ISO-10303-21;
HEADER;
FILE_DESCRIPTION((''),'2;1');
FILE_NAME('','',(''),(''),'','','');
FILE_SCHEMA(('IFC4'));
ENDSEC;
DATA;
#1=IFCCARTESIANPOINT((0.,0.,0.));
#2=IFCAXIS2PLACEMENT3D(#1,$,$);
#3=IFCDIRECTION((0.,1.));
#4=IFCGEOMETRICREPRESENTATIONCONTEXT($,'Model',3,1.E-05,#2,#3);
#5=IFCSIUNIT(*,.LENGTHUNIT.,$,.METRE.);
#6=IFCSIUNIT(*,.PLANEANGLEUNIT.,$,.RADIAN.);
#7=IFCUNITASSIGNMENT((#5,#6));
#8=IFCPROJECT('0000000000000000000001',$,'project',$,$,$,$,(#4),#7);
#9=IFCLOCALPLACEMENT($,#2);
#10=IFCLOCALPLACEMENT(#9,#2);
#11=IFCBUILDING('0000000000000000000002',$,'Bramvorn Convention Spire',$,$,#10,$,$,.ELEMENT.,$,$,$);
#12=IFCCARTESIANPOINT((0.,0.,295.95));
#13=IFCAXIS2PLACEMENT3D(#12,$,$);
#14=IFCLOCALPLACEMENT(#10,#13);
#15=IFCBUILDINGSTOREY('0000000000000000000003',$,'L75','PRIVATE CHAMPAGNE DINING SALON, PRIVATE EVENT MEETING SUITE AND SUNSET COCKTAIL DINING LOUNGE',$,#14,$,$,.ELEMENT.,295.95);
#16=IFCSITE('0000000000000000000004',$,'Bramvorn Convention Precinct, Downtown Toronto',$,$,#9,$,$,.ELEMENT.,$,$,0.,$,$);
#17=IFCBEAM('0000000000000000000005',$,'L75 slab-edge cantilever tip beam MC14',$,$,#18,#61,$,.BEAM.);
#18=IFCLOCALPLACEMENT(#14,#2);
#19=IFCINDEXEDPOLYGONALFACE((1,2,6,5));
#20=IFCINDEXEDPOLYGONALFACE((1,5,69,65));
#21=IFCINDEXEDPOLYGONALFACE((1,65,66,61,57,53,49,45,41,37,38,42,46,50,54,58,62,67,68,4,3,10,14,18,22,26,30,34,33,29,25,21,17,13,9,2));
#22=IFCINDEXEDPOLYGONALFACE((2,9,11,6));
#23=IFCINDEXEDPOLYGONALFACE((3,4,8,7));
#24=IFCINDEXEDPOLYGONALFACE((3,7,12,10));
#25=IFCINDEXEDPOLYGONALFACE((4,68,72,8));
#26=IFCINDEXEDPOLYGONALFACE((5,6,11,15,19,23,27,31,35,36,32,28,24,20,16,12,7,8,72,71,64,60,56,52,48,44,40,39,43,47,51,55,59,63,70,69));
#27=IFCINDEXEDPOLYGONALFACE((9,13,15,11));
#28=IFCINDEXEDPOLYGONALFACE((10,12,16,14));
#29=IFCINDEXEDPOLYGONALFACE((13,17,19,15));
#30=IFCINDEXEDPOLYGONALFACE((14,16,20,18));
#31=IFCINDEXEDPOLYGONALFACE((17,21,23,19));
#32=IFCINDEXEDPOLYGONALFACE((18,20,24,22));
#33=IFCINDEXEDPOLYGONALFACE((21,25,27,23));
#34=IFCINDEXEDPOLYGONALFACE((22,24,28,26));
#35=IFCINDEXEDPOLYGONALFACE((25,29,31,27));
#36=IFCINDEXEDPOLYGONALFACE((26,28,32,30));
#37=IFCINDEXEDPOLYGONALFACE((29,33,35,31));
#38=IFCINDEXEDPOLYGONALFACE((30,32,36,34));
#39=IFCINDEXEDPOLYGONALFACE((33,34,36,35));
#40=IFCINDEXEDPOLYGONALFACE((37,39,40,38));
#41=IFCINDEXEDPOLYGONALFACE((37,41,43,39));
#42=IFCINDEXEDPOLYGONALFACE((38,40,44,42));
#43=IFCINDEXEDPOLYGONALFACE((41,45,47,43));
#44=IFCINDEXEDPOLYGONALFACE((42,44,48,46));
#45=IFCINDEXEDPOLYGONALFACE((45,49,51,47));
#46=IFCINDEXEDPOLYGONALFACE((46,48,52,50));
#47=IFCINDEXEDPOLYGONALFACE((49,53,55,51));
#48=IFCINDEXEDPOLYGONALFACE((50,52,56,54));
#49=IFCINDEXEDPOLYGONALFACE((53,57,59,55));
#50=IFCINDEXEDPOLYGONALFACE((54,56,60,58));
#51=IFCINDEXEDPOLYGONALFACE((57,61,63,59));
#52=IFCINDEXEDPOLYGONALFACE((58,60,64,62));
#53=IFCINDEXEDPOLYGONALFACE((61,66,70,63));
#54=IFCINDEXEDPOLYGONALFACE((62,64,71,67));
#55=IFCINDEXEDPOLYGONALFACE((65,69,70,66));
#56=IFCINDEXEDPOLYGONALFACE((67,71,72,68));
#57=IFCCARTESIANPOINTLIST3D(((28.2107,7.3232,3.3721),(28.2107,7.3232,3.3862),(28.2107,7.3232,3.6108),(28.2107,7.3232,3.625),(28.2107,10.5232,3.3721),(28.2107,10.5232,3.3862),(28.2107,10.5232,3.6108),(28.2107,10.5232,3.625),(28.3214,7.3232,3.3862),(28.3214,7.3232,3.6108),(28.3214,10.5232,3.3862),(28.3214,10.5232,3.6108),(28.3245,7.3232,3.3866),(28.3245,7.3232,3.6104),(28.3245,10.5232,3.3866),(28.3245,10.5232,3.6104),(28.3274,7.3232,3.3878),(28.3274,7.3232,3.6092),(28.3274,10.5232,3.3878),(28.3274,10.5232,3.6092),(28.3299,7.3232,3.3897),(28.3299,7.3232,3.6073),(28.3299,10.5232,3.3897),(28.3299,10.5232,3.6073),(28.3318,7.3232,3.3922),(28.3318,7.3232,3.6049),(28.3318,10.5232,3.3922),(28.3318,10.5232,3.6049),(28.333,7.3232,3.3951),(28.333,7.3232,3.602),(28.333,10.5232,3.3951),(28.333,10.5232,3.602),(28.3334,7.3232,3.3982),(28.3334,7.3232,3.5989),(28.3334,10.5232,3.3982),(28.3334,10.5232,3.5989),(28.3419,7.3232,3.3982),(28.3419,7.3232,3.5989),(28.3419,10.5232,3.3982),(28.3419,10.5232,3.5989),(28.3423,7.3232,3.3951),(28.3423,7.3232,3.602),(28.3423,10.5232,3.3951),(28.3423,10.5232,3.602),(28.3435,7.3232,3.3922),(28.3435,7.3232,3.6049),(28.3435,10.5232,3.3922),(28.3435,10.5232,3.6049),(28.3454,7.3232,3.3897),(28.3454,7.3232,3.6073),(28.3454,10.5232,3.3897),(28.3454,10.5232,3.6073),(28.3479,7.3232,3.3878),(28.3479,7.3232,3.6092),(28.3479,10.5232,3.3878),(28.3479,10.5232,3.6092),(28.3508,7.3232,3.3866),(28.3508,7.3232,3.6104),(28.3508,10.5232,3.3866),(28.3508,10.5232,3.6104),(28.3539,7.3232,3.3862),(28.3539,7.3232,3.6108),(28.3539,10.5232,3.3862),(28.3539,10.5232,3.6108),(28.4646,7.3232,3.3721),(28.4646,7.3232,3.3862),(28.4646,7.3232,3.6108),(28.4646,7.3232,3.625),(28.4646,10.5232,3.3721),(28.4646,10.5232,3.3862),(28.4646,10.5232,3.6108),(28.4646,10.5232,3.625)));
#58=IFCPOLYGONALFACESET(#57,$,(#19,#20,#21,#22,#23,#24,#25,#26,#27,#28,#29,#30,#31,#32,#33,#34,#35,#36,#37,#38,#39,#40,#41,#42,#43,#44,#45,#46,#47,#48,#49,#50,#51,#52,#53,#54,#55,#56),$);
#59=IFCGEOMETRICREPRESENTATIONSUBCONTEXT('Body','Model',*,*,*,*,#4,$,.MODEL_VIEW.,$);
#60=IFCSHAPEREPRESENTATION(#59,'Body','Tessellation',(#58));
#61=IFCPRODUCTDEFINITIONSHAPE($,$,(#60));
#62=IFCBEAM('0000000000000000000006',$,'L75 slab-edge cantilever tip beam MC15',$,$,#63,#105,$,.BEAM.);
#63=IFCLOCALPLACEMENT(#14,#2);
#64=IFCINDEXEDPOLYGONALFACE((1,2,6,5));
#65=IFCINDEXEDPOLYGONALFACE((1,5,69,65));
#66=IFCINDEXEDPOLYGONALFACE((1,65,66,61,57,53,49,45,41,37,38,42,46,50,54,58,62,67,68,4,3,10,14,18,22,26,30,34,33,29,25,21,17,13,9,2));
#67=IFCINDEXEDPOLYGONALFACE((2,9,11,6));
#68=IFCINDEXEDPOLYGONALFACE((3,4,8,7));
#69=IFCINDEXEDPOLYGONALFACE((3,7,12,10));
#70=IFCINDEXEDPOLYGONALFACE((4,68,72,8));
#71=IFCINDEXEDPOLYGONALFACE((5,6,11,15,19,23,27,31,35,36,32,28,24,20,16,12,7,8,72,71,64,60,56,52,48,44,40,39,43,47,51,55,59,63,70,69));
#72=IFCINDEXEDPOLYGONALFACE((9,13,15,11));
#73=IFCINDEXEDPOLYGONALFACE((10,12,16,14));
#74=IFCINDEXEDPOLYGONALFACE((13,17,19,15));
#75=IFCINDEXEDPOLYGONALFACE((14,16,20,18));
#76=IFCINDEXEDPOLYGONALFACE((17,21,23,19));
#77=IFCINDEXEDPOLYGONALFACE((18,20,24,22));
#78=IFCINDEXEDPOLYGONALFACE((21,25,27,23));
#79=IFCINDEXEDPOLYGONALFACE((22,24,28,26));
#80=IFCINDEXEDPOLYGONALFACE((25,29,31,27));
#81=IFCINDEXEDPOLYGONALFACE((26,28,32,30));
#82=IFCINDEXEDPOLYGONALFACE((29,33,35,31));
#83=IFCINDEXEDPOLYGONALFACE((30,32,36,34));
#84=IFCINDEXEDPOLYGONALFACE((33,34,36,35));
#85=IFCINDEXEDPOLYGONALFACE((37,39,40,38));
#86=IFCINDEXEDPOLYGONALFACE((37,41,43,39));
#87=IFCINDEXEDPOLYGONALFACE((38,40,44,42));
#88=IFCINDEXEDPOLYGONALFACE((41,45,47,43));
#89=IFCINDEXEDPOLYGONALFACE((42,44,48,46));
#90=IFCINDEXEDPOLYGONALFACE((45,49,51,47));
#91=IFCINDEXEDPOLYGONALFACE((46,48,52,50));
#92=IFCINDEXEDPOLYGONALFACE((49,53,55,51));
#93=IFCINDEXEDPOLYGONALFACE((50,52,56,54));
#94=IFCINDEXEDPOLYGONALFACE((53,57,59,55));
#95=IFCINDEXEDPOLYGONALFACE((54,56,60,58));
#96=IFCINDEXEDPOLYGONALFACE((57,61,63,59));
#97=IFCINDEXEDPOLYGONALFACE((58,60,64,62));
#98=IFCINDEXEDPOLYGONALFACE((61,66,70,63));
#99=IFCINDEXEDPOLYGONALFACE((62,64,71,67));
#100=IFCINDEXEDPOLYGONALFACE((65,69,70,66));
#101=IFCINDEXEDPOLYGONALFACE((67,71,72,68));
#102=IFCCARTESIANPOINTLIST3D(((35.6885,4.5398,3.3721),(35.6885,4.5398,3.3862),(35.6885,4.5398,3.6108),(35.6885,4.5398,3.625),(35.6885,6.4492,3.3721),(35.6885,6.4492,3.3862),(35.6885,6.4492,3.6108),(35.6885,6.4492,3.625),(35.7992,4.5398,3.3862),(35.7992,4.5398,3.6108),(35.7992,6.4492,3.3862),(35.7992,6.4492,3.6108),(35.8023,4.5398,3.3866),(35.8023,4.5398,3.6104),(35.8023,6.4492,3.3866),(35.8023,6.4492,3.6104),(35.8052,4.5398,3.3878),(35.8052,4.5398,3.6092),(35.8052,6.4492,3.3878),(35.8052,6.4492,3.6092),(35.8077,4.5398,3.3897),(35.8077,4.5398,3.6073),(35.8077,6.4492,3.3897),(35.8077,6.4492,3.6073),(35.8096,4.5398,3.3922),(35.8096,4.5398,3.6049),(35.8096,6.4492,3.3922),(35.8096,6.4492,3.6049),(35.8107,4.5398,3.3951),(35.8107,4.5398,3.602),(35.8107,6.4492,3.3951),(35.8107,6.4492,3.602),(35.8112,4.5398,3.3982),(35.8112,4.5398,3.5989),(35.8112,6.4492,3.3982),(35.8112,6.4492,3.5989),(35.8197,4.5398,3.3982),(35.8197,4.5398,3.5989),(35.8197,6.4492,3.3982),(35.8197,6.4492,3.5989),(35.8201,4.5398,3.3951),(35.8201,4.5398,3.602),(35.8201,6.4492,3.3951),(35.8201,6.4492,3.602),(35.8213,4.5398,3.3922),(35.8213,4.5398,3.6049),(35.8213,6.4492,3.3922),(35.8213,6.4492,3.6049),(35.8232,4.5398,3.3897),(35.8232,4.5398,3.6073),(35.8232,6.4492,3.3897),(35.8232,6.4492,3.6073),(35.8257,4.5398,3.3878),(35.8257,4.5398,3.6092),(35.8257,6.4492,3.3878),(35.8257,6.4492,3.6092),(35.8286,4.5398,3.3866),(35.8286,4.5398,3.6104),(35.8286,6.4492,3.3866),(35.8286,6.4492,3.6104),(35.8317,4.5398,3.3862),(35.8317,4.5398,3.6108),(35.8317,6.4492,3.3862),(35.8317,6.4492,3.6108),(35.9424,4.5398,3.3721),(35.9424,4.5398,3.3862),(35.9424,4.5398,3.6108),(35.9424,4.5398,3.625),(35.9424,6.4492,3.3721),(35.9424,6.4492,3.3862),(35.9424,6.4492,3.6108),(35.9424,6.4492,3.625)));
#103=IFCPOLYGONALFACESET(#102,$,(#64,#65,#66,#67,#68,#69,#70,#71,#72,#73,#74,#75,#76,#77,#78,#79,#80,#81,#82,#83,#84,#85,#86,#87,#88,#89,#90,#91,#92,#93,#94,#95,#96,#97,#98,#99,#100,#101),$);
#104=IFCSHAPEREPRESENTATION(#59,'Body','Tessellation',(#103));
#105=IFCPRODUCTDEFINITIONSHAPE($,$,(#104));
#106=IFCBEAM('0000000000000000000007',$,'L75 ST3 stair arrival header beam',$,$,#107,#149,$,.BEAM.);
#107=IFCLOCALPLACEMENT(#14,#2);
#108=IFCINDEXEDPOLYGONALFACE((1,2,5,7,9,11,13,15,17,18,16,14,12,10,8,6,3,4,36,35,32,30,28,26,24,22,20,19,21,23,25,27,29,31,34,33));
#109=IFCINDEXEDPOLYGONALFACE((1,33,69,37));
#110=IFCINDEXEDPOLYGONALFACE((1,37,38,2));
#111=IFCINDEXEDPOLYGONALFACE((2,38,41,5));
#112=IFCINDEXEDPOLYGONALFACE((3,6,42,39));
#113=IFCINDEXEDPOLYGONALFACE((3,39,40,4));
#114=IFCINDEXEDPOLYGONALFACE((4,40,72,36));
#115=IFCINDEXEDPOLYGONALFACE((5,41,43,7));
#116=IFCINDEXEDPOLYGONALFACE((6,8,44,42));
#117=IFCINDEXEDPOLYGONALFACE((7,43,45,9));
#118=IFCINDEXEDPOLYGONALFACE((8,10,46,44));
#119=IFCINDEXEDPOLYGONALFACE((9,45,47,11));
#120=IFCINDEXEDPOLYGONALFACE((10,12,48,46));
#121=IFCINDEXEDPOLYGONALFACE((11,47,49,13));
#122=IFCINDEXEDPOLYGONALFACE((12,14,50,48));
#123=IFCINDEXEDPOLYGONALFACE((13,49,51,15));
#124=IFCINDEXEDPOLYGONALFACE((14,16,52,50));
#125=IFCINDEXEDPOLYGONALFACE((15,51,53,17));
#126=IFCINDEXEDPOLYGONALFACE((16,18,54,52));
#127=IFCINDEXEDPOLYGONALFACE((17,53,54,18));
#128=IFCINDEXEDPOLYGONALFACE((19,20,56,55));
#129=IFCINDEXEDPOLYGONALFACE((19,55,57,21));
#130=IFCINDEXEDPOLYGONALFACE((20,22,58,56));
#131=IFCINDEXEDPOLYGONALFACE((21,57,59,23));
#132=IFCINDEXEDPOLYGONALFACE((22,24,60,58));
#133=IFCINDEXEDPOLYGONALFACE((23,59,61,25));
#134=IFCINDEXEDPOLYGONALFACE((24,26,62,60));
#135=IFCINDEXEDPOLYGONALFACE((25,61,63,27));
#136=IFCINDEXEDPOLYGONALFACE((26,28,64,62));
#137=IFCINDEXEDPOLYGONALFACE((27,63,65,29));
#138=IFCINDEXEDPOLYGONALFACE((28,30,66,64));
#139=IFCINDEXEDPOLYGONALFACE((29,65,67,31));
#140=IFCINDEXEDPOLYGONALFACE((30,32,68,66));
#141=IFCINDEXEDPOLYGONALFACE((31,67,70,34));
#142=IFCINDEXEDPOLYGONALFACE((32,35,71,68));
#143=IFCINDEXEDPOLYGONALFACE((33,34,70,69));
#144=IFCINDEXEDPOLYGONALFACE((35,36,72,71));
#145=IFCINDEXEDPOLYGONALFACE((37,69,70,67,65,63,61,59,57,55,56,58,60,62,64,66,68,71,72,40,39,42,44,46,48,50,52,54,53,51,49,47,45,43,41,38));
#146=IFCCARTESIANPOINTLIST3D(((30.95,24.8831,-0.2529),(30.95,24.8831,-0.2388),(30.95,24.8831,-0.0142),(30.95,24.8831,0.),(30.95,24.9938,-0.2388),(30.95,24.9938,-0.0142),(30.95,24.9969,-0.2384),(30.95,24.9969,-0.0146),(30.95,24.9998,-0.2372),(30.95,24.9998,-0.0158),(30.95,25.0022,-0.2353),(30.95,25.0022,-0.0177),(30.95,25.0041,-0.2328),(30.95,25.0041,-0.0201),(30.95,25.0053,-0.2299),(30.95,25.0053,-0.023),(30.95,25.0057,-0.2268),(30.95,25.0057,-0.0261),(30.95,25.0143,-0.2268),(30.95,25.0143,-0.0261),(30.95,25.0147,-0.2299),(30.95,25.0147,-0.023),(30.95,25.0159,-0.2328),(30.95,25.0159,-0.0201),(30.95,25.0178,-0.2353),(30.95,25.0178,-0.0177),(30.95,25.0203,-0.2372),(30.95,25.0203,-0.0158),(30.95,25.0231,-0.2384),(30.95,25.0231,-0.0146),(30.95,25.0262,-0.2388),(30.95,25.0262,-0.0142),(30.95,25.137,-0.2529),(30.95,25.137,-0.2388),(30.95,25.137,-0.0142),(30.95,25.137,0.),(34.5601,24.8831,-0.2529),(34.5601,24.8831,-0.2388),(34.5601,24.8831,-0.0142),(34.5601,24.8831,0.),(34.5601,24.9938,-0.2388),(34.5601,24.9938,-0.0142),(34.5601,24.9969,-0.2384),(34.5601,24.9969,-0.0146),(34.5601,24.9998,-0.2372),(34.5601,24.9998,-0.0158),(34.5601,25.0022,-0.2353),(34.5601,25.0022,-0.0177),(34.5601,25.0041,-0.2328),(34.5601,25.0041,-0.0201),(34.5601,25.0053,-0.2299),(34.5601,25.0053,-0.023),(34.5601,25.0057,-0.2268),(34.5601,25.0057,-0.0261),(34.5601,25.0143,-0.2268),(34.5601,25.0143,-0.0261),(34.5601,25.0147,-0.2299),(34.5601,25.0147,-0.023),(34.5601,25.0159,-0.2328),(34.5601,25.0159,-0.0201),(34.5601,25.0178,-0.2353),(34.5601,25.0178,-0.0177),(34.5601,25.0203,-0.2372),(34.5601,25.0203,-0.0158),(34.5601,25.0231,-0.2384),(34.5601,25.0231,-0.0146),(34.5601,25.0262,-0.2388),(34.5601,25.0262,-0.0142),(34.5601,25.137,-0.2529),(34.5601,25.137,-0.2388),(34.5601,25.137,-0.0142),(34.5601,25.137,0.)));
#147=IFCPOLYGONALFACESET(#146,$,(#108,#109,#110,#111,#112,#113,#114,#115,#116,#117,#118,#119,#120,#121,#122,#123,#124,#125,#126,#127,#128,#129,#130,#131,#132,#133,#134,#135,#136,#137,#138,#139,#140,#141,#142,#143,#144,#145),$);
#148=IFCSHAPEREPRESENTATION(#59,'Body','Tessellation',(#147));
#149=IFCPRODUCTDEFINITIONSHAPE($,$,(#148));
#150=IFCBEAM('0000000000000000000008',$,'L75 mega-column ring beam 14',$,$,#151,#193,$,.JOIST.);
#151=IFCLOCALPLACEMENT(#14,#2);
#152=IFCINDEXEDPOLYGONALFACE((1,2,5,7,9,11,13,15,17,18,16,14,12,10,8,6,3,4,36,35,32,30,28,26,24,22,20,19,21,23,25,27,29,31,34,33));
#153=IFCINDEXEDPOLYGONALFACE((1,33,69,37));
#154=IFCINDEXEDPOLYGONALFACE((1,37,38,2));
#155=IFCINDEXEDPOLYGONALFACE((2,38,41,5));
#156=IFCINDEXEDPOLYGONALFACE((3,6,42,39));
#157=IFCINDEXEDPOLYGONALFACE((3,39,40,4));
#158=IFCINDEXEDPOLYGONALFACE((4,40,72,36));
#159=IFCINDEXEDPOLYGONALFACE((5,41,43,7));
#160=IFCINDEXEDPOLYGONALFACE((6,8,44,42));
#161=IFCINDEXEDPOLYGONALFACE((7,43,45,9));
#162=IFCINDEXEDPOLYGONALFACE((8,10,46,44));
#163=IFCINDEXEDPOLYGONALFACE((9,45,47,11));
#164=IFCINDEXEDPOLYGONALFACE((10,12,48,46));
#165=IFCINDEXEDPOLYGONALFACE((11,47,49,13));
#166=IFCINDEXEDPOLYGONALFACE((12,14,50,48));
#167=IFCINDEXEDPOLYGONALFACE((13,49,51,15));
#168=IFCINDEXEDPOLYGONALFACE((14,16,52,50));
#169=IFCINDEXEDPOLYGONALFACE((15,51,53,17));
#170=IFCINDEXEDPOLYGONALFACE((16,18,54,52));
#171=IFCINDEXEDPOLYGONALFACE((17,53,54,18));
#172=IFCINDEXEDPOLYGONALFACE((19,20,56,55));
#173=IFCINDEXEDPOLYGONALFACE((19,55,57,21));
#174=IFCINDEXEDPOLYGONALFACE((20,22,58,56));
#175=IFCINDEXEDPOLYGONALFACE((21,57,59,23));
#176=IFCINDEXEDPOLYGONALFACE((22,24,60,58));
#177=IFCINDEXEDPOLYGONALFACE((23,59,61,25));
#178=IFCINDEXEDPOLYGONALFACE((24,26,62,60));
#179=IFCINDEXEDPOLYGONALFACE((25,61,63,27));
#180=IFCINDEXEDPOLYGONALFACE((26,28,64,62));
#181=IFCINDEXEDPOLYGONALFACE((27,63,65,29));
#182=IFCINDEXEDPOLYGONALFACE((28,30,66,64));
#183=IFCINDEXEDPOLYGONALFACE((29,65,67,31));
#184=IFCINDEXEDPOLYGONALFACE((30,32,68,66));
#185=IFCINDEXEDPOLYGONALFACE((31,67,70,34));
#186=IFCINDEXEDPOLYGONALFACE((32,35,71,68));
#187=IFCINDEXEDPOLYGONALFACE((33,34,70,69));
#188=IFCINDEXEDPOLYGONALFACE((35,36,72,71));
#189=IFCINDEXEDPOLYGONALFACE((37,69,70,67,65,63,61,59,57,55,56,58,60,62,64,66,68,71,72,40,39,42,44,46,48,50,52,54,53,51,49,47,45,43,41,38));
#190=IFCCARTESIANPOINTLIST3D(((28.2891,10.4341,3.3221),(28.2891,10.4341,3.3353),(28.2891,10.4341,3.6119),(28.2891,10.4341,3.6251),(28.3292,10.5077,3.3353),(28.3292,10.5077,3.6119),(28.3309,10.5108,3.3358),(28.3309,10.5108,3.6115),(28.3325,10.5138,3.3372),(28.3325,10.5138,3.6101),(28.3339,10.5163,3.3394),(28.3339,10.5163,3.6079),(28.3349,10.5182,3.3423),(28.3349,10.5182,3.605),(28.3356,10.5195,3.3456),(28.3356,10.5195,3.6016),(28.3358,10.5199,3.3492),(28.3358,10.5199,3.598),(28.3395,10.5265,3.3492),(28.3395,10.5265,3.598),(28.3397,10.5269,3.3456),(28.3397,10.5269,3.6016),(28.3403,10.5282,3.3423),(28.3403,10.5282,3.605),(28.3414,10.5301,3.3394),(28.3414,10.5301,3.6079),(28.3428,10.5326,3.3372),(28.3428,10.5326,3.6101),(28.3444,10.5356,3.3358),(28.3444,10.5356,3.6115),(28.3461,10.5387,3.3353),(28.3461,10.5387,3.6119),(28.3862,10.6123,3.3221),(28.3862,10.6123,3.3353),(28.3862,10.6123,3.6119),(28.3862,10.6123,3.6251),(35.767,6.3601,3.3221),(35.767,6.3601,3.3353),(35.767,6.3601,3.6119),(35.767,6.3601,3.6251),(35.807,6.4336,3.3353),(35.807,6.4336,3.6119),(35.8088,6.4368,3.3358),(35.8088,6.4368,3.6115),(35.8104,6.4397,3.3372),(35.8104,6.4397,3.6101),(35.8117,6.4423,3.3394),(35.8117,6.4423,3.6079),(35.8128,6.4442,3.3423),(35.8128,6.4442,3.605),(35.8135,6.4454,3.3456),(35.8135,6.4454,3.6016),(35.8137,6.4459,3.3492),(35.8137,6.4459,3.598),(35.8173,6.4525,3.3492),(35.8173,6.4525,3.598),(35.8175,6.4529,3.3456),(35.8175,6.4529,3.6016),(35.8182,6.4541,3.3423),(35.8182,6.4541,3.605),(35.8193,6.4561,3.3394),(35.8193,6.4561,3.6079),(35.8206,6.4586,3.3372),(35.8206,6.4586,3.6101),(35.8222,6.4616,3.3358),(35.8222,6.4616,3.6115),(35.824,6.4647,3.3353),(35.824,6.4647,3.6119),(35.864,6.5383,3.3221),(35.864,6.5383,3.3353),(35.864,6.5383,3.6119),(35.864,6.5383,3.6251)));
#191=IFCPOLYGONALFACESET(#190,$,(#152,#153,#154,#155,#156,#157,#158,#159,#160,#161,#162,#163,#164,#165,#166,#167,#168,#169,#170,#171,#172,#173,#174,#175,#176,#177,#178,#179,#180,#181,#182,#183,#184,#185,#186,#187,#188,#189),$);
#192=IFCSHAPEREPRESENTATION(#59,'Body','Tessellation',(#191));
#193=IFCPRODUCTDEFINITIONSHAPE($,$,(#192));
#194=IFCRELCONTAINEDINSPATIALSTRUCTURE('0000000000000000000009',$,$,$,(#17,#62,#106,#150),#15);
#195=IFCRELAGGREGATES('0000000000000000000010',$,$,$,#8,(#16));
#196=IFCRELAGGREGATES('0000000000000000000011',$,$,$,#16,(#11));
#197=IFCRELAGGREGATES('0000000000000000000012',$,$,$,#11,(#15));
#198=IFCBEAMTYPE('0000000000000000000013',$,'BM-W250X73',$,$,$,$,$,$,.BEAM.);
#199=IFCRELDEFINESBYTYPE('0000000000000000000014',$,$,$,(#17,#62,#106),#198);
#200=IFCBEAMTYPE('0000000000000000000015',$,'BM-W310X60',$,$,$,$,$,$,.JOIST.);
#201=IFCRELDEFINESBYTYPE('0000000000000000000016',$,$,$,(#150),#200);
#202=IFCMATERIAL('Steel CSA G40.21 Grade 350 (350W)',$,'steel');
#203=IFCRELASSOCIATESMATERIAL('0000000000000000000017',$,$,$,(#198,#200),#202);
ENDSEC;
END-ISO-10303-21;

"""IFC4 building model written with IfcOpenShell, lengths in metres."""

from ifc_helpers import new_model, si_unit, direction, frame, origin, origin_2d, place, context, subcontext, project, spatial, i_section, extrude, material, material_profile, profile_set, type_object, element, save


model = new_model("IFC4")

# Units and contexts
model_context = context("Model", 3, precision=1e-05, world=origin(), true_north=direction((0.0, 1.0)))
body_context = subcontext(model_context, "Body", "Model", "MODEL_VIEW")
ifc_project = project(units=[si_unit("LENGTHUNIT", "METRE"), si_unit("PLANEANGLEUNIT", "RADIAN")], contexts=[model_context])

# Site, building, storey
site_placement = place(None, origin())
site = spatial("IfcSite", under=ifc_project, at=site_placement, Name="Bramvorn Convention Precinct, Downtown Toronto", CompositionType="ELEMENT", RefElevation=0.0)
building_placement = place(site_placement, origin())
building = spatial("IfcBuilding", under=site, at=building_placement, Name="Bramvorn Convention Spire", CompositionType="ELEMENT")
storey_placement = place(building_placement, frame((0.0, 0.0, 295.95)))
storey = spatial("IfcBuildingStorey", under=building, at=storey_placement, Name="L75", Description="PRIVATE CHAMPAGNE DINING SALON, PRIVATE EVENT MEETING SUITE AND SUNSET COCKTAIL DINING LOUNGE", CompositionType="ELEMENT", Elevation=295.95)

# Shared definitions
ifc_material_1 = material(Name="Steel CSA G40.21 Grade 350 (350W)", Category="steel")

# Beams
ifc_material_profile_1 = material_profile(ifc_material_1, i_section(OverallWidth=0.2539, OverallDepth=0.2529, WebThickness=0.0085, FlangeThickness=0.0142, FilletRadius=0.012, at=origin_2d()))
ifc_profile_set_1 = profile_set([ifc_material_profile_1], Name="Steel CSA G40.21 Grade 350 (350W) - W250X73")
beam_type_1 = type_object("IfcBeamType", Name="BM-W250X73", PredefinedType="BEAM", material=ifc_profile_set_1)
beam_1_placement = place(storey_placement, frame((28.3376, 10.5232, 3.4985), z_axis=(0.0, -1.0, 0.0), x_axis=(1.0, 0.0, 0.0)))
element("IfcBeam", 1, at=beam_1_placement, inside=storey, type_object=beam_type_1, Name="L75 slab-edge cantilever tip beam MC14", PredefinedType="BEAM", context=body_context, shape_type="SweptSolid", body=[
    extrude(i_section(OverallWidth=0.2539, OverallDepth=0.2529, WebThickness=0.0085, FlangeThickness=0.0142, FilletRadius=0.012, at=origin_2d()), origin(), (0.0, 0.0, 1.0), 3.2),
])
beam_2_placement = place(storey_placement, frame((35.8154, 6.4492, 3.4985), z_axis=(0.0, -1.0, 0.0), x_axis=(1.0, 0.0, 0.0)))
element("IfcBeam", 2, at=beam_2_placement, inside=storey, type_object=beam_type_1, Name="L75 slab-edge cantilever tip beam MC15", PredefinedType="BEAM", context=body_context, shape_type="SweptSolid", body=[
    extrude(i_section(OverallWidth=0.2539, OverallDepth=0.2529, WebThickness=0.0085, FlangeThickness=0.0142, FilletRadius=0.012, at=origin_2d()), origin(), (0.0, 0.0, 1.0), 1.9094),
])
beam_3_placement = place(storey_placement, frame((30.95, 25.01, -0.1265), z_axis=(1.0, 0.0, 0.0), x_axis=(0.0, 1.0, 0.0)))
element("IfcBeam", 3, at=beam_3_placement, inside=storey, type_object=beam_type_1, Name="L75 ST3 stair arrival header beam", PredefinedType="BEAM", context=body_context, shape_type="SweptSolid", body=[
    extrude(i_section(OverallWidth=0.2539, OverallDepth=0.2529, WebThickness=0.0085, FlangeThickness=0.0142, FilletRadius=0.012, at=origin_2d()), origin(), (0.0, 0.0, 1.0), 3.6101),
])
ifc_material_profile_2 = material_profile(ifc_material_1, i_section(OverallWidth=0.2029, OverallDepth=0.303, WebThickness=0.0076, FlangeThickness=0.0132, FilletRadius=0.0139, at=origin_2d()))
ifc_profile_set_2 = profile_set([ifc_material_profile_2], Name="Steel CSA G40.21 Grade 350 (350W) - W310X60")
beam_type_2 = type_object("IfcBeamType", Name="BM-W310X60", PredefinedType="JOIST", material=ifc_profile_set_2)
beam_4_placement = place(storey_placement, frame((28.3376, 10.5232, 3.4736), z_axis=(0.878133, -0.478416, 0.0), x_axis=(0.478416, 0.878133, 0.0)))
element("IfcBeam", 4, at=beam_4_placement, inside=storey, type_object=beam_type_2, Name="L75 mega-column ring beam 14", PredefinedType="JOIST", context=body_context, shape_type="SweptSolid", body=[
    extrude(i_section(OverallWidth=0.2029, OverallDepth=0.303, WebThickness=0.0076, FlangeThickness=0.0132, FilletRadius=0.0139, at=origin_2d()), origin(), (0.0, 0.0, 1.0), 8.5156),
])

save(model, "model.ifc")
